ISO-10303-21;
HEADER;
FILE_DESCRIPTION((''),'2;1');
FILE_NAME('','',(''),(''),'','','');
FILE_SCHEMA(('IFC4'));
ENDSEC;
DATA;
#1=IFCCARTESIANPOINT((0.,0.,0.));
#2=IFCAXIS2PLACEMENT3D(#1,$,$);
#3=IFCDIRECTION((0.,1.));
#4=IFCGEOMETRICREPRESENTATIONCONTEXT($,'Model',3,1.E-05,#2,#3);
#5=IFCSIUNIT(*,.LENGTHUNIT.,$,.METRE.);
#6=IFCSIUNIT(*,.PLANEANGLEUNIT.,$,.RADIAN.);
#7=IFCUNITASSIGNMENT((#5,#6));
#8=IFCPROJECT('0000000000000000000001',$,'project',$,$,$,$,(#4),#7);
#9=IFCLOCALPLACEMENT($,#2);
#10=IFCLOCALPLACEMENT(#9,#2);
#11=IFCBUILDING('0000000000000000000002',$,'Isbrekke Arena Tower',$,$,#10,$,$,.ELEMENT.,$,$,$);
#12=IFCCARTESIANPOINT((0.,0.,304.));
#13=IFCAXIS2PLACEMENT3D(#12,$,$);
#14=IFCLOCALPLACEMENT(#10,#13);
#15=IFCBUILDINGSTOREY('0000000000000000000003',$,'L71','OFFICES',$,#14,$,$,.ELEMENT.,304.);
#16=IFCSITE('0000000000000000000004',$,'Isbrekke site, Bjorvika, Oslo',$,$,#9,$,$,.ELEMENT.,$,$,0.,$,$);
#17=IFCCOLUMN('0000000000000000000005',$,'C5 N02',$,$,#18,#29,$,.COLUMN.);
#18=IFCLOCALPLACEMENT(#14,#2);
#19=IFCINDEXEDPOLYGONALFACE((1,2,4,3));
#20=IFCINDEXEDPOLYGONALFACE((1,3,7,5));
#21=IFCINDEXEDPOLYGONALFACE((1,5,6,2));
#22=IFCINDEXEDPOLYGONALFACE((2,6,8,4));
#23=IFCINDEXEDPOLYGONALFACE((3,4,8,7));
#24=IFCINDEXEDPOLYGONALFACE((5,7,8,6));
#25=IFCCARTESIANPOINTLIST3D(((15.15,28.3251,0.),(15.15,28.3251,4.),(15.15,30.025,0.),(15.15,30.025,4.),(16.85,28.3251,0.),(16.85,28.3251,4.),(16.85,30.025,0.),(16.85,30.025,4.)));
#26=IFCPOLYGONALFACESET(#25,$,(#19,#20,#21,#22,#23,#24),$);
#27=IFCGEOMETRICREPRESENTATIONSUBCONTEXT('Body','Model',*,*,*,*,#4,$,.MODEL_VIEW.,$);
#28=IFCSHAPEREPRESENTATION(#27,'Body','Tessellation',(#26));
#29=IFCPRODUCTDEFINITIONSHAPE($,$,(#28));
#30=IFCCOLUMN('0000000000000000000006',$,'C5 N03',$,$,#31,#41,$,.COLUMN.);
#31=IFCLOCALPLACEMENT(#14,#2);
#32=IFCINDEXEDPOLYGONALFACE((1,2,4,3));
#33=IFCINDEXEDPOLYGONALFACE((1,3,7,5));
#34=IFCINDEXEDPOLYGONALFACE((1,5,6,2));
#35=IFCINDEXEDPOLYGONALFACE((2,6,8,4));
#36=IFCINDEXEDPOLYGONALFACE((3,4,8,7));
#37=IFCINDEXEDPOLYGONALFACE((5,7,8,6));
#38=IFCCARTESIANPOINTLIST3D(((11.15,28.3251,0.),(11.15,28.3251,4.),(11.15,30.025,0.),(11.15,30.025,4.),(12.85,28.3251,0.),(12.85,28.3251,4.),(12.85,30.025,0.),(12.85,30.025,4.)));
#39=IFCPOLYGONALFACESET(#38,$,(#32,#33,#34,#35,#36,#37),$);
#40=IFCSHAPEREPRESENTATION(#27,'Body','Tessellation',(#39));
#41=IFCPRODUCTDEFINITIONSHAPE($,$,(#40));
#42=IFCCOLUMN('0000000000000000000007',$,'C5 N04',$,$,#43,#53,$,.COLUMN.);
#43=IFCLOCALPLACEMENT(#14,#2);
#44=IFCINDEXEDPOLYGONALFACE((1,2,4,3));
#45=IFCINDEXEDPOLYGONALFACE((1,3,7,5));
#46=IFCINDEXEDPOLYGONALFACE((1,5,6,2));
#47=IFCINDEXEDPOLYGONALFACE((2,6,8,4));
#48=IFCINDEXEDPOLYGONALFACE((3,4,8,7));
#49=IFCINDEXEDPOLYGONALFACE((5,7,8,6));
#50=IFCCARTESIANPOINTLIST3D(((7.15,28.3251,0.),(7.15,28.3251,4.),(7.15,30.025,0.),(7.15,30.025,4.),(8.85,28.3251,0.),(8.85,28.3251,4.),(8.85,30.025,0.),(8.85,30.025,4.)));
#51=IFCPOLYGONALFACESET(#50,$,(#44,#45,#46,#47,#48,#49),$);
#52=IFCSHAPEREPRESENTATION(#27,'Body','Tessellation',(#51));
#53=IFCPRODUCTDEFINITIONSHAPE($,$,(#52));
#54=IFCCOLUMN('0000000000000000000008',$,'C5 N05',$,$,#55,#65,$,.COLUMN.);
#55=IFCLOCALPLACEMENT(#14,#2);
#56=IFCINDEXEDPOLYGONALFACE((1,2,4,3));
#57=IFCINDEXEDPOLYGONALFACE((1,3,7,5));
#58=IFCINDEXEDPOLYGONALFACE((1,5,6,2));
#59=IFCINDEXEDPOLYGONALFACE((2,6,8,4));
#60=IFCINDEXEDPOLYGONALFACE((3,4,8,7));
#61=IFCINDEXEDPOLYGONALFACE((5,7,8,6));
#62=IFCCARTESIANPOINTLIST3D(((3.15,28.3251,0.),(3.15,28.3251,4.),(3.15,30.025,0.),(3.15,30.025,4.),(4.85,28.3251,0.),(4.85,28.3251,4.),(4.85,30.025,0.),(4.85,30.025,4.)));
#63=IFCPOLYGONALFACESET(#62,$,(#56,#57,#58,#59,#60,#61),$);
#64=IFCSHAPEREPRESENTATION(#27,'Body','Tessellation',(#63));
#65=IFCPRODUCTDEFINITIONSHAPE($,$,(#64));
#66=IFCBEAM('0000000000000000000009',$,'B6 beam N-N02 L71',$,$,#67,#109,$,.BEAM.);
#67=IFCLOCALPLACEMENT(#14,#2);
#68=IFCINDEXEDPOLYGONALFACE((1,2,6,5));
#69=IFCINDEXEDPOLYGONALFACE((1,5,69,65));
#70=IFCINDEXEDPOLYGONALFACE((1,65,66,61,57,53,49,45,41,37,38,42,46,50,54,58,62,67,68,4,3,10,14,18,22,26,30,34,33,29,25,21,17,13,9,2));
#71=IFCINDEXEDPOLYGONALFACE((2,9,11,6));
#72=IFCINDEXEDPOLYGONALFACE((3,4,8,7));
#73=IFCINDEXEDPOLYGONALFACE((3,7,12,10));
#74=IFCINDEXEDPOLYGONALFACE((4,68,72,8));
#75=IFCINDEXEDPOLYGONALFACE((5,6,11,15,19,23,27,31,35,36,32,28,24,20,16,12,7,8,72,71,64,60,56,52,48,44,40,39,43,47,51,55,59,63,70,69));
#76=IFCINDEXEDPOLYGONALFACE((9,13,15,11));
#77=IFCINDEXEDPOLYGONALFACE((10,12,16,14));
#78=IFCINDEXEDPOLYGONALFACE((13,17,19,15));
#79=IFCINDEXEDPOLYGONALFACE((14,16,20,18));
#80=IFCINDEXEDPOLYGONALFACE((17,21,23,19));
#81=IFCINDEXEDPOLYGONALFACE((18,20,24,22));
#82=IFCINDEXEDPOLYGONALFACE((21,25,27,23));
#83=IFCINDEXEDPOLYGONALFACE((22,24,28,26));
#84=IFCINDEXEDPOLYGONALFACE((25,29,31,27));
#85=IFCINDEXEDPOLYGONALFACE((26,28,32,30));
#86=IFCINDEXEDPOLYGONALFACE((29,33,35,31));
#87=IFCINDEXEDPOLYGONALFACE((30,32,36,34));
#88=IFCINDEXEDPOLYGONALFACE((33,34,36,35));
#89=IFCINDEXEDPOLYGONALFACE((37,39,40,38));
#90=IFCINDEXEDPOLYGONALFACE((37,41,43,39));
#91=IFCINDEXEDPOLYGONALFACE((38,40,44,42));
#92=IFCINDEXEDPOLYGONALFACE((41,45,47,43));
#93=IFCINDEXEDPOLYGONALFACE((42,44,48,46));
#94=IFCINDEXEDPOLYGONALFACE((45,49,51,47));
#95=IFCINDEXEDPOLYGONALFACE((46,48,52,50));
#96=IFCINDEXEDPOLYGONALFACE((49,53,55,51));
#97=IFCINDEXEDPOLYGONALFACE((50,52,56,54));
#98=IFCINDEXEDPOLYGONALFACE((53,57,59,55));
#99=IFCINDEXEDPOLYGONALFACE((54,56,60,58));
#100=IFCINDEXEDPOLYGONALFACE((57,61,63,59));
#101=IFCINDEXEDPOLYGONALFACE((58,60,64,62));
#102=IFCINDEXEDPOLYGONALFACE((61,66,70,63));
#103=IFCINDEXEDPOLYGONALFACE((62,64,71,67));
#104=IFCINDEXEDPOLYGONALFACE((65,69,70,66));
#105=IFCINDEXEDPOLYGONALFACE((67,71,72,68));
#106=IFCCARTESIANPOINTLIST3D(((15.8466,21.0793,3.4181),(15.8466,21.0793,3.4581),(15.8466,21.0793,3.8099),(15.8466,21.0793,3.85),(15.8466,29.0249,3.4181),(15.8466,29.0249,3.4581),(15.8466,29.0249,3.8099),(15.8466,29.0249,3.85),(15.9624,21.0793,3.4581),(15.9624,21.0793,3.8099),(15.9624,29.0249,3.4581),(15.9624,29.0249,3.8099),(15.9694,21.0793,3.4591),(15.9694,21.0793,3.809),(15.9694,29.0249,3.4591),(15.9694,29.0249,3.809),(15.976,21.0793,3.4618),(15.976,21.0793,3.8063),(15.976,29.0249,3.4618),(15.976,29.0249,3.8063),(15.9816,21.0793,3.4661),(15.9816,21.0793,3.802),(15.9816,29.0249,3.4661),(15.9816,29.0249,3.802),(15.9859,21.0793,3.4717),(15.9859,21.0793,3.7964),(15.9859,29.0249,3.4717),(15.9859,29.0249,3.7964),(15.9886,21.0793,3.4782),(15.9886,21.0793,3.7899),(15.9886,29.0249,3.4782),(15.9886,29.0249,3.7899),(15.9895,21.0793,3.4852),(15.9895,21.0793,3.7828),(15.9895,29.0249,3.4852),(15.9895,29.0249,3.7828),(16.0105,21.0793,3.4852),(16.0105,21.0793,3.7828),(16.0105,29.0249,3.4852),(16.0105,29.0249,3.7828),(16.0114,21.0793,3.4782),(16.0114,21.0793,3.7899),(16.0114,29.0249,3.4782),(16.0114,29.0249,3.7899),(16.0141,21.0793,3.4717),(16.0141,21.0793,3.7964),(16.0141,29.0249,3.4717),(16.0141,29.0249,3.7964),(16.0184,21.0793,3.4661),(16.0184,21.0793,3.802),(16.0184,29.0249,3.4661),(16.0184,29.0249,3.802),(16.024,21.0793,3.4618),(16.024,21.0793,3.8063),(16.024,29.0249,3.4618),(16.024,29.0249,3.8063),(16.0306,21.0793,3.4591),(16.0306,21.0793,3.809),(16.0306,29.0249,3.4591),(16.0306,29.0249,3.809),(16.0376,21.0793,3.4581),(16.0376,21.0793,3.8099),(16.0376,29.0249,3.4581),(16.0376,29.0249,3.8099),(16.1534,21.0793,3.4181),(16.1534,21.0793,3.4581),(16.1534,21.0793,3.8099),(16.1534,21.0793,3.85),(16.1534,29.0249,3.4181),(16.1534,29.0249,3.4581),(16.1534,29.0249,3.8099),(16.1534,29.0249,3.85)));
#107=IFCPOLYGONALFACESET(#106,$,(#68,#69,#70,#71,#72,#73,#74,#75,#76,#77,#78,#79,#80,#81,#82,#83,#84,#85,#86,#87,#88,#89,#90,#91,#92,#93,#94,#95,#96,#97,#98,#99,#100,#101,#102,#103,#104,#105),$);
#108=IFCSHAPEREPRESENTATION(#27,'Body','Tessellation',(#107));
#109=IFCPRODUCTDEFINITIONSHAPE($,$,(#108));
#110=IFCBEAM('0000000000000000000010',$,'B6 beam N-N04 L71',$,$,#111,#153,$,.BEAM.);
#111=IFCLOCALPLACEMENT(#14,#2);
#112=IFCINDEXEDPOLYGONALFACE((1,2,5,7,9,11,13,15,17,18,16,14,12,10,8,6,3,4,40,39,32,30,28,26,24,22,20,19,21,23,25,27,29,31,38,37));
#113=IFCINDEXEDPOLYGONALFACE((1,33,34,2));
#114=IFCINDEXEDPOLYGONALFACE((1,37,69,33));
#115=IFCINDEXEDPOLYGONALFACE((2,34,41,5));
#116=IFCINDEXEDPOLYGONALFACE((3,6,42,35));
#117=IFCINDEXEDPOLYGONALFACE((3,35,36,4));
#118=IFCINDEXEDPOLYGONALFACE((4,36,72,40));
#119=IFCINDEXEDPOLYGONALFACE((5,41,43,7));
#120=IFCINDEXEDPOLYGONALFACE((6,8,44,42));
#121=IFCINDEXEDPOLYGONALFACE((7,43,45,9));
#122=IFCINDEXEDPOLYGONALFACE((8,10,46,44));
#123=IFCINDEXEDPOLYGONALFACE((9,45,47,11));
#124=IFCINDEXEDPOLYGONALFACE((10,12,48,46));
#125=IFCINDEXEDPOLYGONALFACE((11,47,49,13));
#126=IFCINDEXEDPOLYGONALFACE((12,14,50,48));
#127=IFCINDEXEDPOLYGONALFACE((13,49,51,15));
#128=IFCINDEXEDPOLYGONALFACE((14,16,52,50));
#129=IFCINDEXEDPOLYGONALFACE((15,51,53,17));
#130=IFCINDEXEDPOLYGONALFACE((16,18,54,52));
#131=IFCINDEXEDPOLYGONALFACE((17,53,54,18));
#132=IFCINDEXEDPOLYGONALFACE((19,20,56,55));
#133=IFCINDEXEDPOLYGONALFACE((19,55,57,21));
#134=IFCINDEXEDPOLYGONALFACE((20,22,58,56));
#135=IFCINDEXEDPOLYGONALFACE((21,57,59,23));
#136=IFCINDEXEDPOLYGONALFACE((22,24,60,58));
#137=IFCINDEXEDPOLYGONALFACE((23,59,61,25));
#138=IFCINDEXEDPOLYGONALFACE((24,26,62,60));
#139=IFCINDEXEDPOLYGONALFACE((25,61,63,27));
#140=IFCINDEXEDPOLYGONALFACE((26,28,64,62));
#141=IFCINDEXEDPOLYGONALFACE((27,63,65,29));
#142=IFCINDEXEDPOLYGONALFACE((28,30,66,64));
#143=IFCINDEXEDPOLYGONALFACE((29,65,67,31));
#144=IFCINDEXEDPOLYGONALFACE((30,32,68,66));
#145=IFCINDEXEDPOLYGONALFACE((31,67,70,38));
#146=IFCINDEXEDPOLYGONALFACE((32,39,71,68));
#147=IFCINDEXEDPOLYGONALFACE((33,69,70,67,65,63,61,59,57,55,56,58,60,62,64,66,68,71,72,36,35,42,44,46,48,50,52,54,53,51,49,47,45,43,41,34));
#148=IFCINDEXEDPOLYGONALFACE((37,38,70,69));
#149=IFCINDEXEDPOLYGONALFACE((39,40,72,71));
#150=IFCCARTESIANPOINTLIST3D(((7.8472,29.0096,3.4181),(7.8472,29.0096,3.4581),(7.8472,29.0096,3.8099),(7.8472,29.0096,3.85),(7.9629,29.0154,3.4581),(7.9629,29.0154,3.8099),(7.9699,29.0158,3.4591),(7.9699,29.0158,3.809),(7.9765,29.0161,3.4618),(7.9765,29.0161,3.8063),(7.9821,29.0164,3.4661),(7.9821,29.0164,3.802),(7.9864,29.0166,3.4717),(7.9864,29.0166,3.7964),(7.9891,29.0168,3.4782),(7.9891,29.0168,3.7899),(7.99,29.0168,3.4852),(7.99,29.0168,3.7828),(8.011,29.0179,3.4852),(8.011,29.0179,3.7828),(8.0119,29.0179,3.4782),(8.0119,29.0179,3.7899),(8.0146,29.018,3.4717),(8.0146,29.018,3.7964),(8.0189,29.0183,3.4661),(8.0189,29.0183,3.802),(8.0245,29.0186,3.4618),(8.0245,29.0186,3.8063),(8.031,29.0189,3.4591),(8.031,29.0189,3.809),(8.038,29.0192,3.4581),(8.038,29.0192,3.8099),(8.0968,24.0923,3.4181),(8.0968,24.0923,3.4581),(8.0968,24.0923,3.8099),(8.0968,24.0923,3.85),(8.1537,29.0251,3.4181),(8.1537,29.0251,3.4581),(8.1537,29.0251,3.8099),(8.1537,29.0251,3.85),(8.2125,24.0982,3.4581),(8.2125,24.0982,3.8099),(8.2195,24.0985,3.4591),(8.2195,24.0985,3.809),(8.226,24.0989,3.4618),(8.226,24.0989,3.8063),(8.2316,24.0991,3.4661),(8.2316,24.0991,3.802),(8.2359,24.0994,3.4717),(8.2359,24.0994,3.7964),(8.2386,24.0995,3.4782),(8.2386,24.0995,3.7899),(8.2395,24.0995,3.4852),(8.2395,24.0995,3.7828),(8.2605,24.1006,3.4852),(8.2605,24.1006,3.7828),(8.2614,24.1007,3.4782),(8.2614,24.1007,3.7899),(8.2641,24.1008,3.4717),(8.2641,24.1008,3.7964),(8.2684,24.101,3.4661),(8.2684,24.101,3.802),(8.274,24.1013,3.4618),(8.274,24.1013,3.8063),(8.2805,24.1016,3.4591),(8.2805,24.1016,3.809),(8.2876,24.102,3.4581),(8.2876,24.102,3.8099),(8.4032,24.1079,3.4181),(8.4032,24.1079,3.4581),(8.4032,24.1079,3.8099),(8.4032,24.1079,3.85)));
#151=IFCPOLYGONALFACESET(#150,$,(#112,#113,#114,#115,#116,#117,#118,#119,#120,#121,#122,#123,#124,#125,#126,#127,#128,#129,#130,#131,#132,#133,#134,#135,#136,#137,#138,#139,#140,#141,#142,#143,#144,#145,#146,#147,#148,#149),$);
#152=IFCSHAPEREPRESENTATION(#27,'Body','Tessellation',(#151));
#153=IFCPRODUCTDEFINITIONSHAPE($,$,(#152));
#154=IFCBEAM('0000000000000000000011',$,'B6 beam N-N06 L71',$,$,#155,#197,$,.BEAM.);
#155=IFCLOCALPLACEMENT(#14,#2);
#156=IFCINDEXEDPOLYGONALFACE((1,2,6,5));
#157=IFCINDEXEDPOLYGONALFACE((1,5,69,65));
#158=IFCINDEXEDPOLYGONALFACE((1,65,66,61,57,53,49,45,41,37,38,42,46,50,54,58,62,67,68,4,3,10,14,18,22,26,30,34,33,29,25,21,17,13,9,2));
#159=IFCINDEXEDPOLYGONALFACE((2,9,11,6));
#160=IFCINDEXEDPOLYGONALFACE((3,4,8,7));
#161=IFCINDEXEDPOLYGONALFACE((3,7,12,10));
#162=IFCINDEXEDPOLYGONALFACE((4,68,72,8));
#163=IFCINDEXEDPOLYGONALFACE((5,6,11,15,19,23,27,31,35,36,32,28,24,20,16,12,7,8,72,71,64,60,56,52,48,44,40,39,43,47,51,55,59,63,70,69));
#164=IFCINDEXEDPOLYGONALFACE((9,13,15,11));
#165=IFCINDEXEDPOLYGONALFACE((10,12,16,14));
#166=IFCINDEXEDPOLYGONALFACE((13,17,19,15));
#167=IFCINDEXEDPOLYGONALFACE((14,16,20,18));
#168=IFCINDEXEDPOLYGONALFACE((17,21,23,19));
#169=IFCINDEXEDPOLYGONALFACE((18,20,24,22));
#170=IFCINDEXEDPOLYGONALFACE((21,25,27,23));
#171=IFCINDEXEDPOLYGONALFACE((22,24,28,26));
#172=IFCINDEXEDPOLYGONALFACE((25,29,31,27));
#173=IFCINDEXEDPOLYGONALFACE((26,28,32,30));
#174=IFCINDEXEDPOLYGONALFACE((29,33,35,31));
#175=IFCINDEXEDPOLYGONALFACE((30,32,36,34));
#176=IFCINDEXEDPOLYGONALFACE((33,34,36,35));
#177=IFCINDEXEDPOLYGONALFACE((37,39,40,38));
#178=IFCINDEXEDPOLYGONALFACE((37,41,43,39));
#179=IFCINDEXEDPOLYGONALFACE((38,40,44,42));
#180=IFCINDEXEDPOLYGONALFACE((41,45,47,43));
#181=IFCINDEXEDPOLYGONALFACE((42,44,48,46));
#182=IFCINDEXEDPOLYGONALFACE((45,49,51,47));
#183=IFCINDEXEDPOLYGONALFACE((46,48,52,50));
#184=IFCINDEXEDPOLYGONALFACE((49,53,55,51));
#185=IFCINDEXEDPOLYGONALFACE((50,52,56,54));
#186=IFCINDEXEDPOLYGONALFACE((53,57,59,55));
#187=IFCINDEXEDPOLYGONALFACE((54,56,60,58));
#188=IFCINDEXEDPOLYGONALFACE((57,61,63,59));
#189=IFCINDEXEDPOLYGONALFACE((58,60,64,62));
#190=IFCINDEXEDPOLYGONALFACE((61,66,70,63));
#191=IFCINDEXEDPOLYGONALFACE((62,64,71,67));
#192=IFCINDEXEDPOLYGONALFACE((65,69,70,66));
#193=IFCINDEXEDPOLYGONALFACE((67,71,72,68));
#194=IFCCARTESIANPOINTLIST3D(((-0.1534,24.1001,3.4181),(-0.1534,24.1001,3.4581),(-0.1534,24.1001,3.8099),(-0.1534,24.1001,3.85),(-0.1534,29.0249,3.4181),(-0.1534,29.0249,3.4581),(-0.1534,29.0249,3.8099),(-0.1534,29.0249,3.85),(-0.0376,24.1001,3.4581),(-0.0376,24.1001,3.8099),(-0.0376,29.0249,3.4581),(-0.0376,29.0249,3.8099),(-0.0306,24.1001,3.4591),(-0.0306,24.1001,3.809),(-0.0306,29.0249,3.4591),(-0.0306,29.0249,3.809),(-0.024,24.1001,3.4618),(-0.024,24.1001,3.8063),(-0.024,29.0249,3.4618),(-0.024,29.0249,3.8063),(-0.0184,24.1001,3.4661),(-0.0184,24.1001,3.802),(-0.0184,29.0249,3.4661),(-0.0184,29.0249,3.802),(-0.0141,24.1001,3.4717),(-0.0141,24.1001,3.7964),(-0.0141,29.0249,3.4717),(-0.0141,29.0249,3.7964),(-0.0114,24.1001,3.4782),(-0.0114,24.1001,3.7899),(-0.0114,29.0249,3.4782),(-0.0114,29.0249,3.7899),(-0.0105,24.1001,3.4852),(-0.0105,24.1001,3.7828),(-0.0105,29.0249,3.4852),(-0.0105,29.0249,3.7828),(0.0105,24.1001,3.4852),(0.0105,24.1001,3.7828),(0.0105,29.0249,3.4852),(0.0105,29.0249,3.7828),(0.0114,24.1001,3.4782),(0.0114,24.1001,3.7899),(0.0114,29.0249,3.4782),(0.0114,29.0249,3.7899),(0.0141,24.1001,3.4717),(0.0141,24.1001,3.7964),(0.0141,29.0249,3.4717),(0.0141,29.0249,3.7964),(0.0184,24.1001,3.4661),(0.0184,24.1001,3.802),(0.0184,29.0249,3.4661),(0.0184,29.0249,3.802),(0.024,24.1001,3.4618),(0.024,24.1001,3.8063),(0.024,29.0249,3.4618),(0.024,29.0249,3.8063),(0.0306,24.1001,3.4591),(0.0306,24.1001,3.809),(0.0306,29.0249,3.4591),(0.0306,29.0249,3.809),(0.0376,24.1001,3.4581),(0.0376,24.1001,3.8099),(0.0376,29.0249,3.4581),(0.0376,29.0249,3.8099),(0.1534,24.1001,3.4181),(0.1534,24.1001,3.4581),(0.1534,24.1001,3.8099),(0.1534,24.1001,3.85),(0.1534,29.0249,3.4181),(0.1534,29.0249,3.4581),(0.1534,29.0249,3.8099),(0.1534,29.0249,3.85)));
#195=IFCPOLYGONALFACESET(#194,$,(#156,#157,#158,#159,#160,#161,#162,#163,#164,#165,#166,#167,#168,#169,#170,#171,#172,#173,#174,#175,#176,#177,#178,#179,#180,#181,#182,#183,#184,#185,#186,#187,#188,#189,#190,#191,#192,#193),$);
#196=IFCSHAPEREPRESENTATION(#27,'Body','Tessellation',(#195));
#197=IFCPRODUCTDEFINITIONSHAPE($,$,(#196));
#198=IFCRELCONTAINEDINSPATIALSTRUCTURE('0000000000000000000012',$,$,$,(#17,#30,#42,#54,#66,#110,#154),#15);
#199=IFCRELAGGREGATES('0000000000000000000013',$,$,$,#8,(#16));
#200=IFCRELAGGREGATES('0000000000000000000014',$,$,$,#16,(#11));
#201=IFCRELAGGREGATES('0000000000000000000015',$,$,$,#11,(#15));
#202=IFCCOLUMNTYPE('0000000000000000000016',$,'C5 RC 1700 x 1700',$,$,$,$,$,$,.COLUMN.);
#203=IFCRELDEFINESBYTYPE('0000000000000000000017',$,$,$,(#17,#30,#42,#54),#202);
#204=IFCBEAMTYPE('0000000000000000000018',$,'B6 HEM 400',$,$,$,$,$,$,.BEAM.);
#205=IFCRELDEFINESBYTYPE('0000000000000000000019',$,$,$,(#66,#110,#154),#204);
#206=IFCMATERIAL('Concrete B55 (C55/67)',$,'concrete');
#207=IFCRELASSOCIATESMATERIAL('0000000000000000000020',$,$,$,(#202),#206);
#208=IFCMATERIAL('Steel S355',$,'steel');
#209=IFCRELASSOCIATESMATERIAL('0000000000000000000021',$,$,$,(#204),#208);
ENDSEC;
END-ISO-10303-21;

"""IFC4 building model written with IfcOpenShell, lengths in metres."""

from ifc_helpers import new_model, si_unit, direction, frame, origin, origin_2d, place, context, subcontext, project, spatial, rectangle, i_section, extrude, material, material_profile, profile_set, type_object, element, save


model = new_model("IFC4")

# Units and contexts
model_context = context("Model", 3, precision=1e-05, world=origin(), true_north=direction((0.0, 1.0)))
body_context = subcontext(model_context, "Body", "Model", "MODEL_VIEW")
ifc_project = project(units=[si_unit("LENGTHUNIT", "METRE"), si_unit("PLANEANGLEUNIT", "RADIAN")], contexts=[model_context])

# Site, building, storey
site_placement = place(None, origin())
site = spatial("IfcSite", under=ifc_project, at=site_placement, Name="Isbrekke site, Bjorvika, Oslo", CompositionType="ELEMENT", RefElevation=0.0)
building_placement = place(site_placement, origin())
building = spatial("IfcBuilding", under=site, at=building_placement, Name="Isbrekke Arena Tower", CompositionType="ELEMENT")
storey_placement = place(building_placement, frame((0.0, 0.0, 304.0)))
storey = spatial("IfcBuildingStorey", under=building, at=storey_placement, Name="L71", Description="OFFICES", CompositionType="ELEMENT", Elevation=304.0)

# Columns
ifc_material_1 = material(Name="Concrete B55 (C55/67)", Category="concrete")
ifc_material_profile_1 = material_profile(ifc_material_1, rectangle(XDim=1.7, YDim=1.7, at=origin_2d()), Name="RC 1700x1700")
ifc_profile_set_1 = profile_set([ifc_material_profile_1], Name="Concrete B55 (C55/67)")
column_type = type_object("IfcColumnType", Name="C5 RC 1700 x 1700", PredefinedType="COLUMN", material=ifc_profile_set_1)
for number, where, z_axis, x_axis, name in (
    (1, (16.0, 29.175, 0.0), (0.0, 0.0, 1.0), (-1.0, 0.0, 0.0), "C5 N02"),
    (2, (12.0, 29.175, 0.0), (0.0, 0.0, 1.0), (-1.0, 0.0, 0.0), "C5 N03"),
    (3, (8.0, 29.175, 0.0), (0.0, 0.0, 1.0), (-1.0, 0.0, 0.0), "C5 N04"),
    (4, (4.0, 29.175, 0.0), (0.0, 0.0, 1.0), (-1.0, 0.0, 0.0), "C5 N05"),
):
    element("IfcColumn", number, at=place(storey_placement, frame(where, z_axis=z_axis, x_axis=x_axis)), inside=storey, type_object=column_type, Name=name, PredefinedType="COLUMN", context=body_context, shape_type="SweptSolid", body=[
        extrude(rectangle(XDim=1.7, YDim=1.7, at=origin_2d()), origin(), (0.0, 0.0, 1.0), 4.0),
    ])

# Beams
ifc_material_2 = material(Name="Steel S355", Category="steel")
ifc_material_profile_2 = material_profile(ifc_material_2, i_section(OverallWidth=0.3069, OverallDepth=0.4319, WebThickness=0.021, FlangeThickness=0.04, FilletRadius=0.0271, at=origin_2d()), Name="HEM 400")
ifc_profile_set_2 = profile_set([ifc_material_profile_2], Name="Steel S355")
beam_type_1 = type_object("IfcBeamType", Name="B6 HEM 400", PredefinedType="BEAM", material=ifc_profile_set_2)
beam_1_placement = place(storey_placement, frame((16.0, 29.0249, 3.634), z_axis=(0.0, -1.0, 0.0), x_axis=(1.0, 0.0, 0.0)))
element("IfcBeam", 5, at=beam_1_placement, inside=storey, type_object=beam_type_1, Name="B6 beam N-N02 L71", PredefinedType="BEAM", context=body_context, shape_type="SweptSolid", body=[
    extrude(i_section(OverallWidth=0.3069, OverallDepth=0.4319, WebThickness=0.021, FlangeThickness=0.04, FilletRadius=0.0271, at=origin_2d()), origin(), (0.0, 0.0, 1.0), 7.9456),
])
beam_2_placement = place(storey_placement, frame((8.0005, 29.0173, 3.634), z_axis=(0.050677, -0.998715, 0.0), x_axis=(0.998715, 0.050677, 0.0)))
element("IfcBeam", 6, at=beam_2_placement, inside=storey, type_object=beam_type_1, Name="B6 beam N-N04 L71", PredefinedType="BEAM", context=body_context, shape_type="SweptSolid", body=[
    extrude(i_section(OverallWidth=0.3069, OverallDepth=0.4319, WebThickness=0.021, FlangeThickness=0.04, FilletRadius=0.0271, at=origin_2d()), origin(), (0.0, 0.0, 1.0), 4.9236),
])
beam_3_placement = place(storey_placement, frame((0.0, 29.0249, 3.634), z_axis=(0.0, -1.0, 0.0), x_axis=(1.0, 0.0, 0.0)))
element("IfcBeam", 7, at=beam_3_placement, inside=storey, type_object=beam_type_1, Name="B6 beam N-N06 L71", PredefinedType="BEAM", context=body_context, shape_type="SweptSolid", body=[
    extrude(i_section(OverallWidth=0.3069, OverallDepth=0.4319, WebThickness=0.021, FlangeThickness=0.04, FilletRadius=0.0271, at=origin_2d()), origin(), (0.0, 0.0, 1.0), 4.9248),
])

save(model, "model.ifc")
